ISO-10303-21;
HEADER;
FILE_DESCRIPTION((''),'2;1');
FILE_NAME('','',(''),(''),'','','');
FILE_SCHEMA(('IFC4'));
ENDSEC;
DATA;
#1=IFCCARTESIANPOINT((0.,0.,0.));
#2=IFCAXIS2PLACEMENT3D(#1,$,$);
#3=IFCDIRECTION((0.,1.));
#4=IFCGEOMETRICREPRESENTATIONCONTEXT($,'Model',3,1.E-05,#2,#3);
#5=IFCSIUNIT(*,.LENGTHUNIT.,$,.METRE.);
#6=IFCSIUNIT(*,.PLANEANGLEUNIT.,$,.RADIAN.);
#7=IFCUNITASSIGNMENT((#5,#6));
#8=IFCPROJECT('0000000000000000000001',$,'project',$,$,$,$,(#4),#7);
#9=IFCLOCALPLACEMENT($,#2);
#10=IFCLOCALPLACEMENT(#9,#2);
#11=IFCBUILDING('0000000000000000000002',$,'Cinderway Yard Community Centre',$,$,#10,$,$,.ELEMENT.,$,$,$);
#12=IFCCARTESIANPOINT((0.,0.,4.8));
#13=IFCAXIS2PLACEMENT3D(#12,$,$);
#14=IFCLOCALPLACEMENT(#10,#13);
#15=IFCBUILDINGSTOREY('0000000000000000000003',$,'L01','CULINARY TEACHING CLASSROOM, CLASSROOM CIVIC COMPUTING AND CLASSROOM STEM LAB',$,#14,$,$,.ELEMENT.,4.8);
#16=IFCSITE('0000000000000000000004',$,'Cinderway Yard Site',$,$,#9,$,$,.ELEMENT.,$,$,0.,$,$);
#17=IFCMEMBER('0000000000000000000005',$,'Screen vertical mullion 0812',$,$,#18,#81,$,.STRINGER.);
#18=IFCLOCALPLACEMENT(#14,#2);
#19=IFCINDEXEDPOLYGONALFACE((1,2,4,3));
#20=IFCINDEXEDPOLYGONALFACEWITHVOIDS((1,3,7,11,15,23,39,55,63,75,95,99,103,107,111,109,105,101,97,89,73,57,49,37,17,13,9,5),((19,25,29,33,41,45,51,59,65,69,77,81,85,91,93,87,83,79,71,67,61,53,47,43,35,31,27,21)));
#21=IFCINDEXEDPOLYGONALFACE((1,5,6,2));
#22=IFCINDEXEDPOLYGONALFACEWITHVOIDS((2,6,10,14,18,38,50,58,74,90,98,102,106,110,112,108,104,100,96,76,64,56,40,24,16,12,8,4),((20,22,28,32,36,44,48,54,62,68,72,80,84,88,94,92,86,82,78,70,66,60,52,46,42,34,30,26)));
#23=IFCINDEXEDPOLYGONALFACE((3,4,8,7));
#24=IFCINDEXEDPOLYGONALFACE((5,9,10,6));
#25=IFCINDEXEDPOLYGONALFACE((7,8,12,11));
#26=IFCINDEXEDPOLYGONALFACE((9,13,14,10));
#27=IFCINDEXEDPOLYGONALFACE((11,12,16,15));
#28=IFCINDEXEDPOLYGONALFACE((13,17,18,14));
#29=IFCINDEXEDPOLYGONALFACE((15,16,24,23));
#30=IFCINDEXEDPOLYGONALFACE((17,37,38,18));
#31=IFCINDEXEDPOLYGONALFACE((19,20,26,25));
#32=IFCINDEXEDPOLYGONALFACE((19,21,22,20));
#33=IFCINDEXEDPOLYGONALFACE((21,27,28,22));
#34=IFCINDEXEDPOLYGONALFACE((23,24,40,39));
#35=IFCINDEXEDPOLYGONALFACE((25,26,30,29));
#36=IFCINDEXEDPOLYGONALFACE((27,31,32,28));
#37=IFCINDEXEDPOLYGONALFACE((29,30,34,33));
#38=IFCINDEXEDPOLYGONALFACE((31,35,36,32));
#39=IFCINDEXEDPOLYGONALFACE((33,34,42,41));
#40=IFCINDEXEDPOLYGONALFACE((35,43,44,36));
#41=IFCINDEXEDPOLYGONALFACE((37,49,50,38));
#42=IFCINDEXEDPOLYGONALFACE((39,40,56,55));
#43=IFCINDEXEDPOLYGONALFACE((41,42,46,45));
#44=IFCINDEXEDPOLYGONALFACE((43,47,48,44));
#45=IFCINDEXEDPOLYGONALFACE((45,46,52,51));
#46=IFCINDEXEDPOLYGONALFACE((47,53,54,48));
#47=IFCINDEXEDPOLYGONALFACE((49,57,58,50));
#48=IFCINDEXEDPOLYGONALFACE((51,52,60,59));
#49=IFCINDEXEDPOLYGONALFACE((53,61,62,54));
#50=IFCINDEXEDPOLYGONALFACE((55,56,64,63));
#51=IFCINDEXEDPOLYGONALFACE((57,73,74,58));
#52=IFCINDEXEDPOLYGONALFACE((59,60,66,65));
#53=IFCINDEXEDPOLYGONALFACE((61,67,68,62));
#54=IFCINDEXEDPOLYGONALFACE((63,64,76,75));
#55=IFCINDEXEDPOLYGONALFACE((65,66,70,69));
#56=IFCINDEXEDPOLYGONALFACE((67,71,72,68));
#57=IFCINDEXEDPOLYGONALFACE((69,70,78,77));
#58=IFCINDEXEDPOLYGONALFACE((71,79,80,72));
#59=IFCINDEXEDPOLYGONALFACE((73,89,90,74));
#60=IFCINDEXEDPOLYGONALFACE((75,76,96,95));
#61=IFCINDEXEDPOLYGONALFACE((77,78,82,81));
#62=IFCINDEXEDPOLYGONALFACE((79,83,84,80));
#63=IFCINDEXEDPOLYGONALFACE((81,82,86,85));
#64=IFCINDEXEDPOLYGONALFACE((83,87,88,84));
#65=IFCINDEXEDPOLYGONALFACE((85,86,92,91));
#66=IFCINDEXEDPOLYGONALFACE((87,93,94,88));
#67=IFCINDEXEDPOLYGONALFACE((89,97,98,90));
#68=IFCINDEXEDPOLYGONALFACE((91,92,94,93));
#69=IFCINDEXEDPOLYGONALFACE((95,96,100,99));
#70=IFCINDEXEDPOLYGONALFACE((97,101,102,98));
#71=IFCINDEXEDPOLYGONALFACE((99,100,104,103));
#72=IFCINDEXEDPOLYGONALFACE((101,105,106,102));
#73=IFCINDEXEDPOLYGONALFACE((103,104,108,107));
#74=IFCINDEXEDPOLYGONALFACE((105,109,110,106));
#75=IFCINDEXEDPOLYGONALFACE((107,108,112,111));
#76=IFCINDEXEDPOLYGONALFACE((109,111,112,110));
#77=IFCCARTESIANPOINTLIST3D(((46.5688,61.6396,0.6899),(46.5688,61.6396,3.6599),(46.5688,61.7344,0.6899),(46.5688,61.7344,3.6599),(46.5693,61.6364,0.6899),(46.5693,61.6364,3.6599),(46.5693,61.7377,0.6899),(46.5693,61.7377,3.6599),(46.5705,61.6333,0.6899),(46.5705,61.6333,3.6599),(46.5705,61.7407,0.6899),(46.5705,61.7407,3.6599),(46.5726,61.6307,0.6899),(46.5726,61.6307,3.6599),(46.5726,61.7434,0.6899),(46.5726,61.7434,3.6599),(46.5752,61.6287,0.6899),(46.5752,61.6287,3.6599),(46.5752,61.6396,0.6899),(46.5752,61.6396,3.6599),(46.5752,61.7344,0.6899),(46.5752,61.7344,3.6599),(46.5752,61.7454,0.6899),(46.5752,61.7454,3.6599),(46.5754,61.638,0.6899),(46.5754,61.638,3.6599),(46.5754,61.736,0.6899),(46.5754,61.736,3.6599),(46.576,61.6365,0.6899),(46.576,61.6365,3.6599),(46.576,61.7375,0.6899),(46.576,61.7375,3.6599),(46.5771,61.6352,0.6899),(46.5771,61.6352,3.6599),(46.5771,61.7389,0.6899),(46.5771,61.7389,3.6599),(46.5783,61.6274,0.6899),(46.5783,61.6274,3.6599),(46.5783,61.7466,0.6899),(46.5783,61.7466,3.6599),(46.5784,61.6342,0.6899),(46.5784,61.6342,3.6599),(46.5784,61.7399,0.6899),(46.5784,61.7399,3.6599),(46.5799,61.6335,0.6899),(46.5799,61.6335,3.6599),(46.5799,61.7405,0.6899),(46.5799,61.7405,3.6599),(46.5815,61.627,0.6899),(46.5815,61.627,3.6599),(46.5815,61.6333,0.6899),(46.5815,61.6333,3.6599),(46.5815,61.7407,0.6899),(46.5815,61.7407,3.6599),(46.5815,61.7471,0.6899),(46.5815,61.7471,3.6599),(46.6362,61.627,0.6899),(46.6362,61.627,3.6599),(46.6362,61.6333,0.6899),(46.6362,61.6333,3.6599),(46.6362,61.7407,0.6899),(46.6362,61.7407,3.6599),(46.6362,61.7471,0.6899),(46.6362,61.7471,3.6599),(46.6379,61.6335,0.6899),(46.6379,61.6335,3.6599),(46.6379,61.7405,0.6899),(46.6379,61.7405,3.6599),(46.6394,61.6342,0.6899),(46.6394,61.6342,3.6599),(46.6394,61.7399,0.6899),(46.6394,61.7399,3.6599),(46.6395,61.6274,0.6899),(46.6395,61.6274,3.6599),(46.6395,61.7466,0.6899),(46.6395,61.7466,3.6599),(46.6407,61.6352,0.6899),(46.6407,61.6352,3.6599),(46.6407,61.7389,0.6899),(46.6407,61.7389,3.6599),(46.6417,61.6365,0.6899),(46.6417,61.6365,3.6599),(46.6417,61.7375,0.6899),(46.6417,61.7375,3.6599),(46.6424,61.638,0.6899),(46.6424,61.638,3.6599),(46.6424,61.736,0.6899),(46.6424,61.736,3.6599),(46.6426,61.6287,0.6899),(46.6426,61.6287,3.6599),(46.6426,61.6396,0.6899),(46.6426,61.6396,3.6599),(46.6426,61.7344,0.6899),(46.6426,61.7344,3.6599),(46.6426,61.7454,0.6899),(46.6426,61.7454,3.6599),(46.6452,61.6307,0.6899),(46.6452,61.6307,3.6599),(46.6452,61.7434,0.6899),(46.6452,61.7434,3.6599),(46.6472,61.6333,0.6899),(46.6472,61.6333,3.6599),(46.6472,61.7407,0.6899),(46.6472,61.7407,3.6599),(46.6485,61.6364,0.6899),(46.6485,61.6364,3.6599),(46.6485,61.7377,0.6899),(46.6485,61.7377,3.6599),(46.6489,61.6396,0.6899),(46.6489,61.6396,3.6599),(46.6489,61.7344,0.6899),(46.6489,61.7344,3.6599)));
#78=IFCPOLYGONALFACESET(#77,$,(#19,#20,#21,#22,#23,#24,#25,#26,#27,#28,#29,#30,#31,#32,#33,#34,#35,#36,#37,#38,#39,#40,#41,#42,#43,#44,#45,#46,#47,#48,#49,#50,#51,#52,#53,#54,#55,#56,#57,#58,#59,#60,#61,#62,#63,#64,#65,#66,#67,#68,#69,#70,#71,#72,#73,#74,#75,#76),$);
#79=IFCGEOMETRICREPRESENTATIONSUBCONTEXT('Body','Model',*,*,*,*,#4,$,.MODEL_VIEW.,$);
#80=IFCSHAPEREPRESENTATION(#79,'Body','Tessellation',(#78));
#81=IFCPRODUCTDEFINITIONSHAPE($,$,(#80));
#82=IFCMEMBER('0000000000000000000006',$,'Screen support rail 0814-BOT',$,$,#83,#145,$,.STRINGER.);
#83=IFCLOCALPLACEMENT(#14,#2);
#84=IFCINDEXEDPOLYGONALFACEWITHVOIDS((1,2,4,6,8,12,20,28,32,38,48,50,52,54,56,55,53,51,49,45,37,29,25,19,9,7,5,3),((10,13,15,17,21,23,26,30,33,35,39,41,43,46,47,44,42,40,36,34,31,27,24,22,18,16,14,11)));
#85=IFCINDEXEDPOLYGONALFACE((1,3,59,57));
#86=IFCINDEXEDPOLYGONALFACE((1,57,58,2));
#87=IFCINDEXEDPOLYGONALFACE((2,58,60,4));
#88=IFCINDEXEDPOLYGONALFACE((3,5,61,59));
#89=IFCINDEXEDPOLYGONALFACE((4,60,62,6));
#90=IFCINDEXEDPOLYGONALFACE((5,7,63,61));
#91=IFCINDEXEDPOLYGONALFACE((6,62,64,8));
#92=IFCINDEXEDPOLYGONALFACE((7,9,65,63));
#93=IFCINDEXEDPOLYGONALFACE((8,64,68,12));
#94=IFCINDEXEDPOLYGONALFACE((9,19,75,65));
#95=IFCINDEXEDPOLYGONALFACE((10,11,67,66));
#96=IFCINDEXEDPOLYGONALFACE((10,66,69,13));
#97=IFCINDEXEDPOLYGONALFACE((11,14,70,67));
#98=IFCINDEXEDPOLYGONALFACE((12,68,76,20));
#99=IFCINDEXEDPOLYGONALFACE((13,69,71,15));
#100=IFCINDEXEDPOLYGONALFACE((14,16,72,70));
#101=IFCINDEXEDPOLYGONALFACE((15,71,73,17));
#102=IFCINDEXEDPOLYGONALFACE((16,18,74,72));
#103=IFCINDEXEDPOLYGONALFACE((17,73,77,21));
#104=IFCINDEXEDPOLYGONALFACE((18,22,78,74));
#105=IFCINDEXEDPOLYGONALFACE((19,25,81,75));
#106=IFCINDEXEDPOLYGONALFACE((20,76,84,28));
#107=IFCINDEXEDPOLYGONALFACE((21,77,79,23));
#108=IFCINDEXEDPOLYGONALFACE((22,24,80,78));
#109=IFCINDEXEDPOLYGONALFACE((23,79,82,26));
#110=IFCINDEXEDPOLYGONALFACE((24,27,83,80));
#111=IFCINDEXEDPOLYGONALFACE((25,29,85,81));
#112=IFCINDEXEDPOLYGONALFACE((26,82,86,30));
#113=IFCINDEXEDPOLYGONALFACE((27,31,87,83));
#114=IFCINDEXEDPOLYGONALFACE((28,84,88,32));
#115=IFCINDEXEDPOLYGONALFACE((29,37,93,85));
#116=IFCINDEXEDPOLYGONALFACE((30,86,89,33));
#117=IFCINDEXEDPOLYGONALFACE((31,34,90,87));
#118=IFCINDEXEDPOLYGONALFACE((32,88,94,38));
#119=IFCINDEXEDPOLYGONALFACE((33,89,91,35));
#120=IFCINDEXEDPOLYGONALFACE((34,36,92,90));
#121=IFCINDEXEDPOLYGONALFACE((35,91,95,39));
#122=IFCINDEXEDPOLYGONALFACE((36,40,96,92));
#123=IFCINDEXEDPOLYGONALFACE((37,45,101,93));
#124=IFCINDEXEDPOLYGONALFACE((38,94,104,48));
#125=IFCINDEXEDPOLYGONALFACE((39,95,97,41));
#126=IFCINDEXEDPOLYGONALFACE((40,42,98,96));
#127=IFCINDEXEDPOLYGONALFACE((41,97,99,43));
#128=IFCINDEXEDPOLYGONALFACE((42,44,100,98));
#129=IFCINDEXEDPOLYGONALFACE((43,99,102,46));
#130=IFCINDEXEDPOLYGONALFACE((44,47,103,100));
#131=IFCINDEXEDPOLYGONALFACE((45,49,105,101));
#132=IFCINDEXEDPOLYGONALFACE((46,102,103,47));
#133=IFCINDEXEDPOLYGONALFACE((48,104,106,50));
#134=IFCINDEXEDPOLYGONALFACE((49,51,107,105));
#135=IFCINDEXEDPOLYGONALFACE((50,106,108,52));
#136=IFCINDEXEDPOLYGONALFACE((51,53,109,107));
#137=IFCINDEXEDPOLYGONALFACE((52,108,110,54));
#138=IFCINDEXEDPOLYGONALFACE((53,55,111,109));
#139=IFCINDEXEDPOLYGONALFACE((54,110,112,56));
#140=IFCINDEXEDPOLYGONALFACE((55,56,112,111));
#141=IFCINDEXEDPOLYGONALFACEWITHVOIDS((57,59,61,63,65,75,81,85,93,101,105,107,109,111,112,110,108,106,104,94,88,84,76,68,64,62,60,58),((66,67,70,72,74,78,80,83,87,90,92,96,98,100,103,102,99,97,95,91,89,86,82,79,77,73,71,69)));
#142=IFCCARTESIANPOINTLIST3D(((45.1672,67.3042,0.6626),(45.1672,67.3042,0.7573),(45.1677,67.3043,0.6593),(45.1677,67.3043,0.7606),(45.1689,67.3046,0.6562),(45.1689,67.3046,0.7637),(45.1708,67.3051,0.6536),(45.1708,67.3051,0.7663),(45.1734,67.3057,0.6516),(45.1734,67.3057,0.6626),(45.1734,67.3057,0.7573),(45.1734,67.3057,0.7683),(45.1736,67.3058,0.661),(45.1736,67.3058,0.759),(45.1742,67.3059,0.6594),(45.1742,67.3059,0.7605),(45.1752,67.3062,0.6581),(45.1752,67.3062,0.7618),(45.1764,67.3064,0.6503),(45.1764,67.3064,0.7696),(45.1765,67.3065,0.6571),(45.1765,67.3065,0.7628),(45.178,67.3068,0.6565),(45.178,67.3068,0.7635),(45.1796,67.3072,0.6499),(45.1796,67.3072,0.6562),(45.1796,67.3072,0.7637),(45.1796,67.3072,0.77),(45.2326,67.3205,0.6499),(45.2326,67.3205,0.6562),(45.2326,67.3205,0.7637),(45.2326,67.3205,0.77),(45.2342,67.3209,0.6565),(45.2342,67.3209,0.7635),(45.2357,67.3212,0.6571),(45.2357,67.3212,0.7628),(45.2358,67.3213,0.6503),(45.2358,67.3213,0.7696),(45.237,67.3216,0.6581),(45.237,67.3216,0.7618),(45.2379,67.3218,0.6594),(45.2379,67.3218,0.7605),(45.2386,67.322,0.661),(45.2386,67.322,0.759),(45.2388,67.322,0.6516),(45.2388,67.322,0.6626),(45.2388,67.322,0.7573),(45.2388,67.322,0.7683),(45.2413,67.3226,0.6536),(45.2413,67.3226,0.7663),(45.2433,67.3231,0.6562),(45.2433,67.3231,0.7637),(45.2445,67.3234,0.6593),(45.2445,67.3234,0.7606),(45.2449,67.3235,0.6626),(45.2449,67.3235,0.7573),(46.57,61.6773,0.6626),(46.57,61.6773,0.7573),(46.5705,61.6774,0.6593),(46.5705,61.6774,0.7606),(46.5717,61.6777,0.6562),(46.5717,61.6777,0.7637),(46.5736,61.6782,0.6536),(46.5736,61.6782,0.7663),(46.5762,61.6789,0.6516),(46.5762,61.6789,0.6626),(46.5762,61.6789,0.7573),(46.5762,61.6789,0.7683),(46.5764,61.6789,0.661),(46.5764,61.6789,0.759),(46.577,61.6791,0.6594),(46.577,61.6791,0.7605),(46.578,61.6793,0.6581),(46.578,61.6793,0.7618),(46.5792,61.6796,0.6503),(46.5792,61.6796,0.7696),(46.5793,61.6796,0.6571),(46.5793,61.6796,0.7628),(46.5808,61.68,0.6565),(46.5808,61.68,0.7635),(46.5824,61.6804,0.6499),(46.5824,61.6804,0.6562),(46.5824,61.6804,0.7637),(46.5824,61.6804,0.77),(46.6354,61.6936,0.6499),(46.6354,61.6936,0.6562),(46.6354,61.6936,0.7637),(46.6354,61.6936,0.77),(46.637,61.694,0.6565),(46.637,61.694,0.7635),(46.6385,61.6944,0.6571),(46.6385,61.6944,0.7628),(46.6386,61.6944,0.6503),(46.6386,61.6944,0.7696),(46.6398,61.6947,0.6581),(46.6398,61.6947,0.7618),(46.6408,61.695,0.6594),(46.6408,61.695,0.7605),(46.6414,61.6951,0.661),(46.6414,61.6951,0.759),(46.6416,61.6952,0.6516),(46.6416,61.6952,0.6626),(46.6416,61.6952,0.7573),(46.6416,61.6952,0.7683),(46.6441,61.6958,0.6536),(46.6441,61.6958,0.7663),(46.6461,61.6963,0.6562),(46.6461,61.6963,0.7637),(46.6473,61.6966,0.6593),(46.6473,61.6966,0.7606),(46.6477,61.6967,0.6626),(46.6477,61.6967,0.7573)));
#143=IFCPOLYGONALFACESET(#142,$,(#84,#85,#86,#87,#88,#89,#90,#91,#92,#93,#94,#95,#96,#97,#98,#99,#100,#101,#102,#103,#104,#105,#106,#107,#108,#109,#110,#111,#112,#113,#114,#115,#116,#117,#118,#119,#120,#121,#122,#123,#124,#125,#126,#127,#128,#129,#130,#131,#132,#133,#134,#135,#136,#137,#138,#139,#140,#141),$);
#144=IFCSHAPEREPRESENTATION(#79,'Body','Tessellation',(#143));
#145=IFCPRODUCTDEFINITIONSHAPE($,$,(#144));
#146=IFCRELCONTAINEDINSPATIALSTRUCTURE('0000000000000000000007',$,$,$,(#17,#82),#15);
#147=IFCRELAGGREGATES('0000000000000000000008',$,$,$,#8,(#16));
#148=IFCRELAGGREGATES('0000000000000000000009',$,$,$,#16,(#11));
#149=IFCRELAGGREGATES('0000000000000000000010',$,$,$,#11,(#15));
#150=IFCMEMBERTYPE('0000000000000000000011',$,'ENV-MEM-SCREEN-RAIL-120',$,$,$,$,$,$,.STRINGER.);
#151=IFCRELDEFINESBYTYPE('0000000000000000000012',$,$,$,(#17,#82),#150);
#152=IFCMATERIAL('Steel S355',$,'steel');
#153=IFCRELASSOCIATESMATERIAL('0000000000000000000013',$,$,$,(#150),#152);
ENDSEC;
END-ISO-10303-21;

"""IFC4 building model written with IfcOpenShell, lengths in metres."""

from ifc_helpers import new_model, si_unit, direction, frame, origin, origin_2d, place, context, subcontext, project, spatial, hollow_rectangle, extrude, material, material_profile, profile_set, type_object, element, save


model = new_model("IFC4")

# Units and contexts
model_context = context("Model", 3, precision=1e-05, world=origin(), true_north=direction((0.0, 1.0)))
body_context = subcontext(model_context, "Body", "Model", "MODEL_VIEW")
ifc_project = project(units=[si_unit("LENGTHUNIT", "METRE"), si_unit("PLANEANGLEUNIT", "RADIAN")], contexts=[model_context])

# Site, building, storey
site_placement = place(None, origin())
site = spatial("IfcSite", under=ifc_project, at=site_placement, Name="Cinderway Yard Site", CompositionType="ELEMENT", RefElevation=0.0)
building_placement = place(site_placement, origin())
building = spatial("IfcBuilding", under=site, at=building_placement, Name="Cinderway Yard Community Centre", CompositionType="ELEMENT")
storey_placement = place(building_placement, frame((0.0, 0.0, 4.8)))
storey = spatial("IfcBuildingStorey", under=building, at=storey_placement, Name="L01", Description="CULINARY TEACHING CLASSROOM, CLASSROOM CIVIC COMPUTING AND CLASSROOM STEM LAB", CompositionType="ELEMENT", Elevation=4.8)

# Members
ifc_material_1 = material(Name="Steel S355", Category="steel")
ifc_material_profile_1 = material_profile(ifc_material_1, hollow_rectangle(XDim=0.0801, YDim=0.1201, WallThickness=0.0063, InnerFilletRadius=0.0063, OuterFilletRadius=0.0127, at=origin_2d()), Name="Steel S355")
ifc_profile_set_1 = profile_set([ifc_material_profile_1], Name="Steel S355")
member_type_1 = type_object("IfcMemberType", Name="ENV-MEM-SCREEN-RAIL-120", PredefinedType="STRINGER", material=ifc_profile_set_1)
member_1_placement = place(storey_placement, frame((46.6089, 61.687, 0.6899), z_axis=(0.0, 0.0, 1.0), x_axis=(1.0, 0.0, 0.0)))
element("IfcMember", 1, at=member_1_placement, inside=storey, type_object=member_type_1, Name="Screen vertical mullion 0812", PredefinedType="STRINGER", context=body_context, shape_type="SweptSolid", body=[
    extrude(hollow_rectangle(XDim=0.0801, YDim=0.1201, WallThickness=0.0063, InnerFilletRadius=0.0063, OuterFilletRadius=0.0127, at=origin_2d()), origin(), (0.0, 0.0, 1.0), 2.97),
])
for number, where, z_axis, x_axis, name in (
    (2, (46.6089, 61.687, 0.71), (-0.241902, 0.970301, 0.0), (-0.970301, -0.241902, 0.0), "Screen support rail 0814-BOT"),
):
    element("IfcMember", number, at=place(storey_placement, frame(where, z_axis=z_axis, x_axis=x_axis)), inside=storey, type_object=member_type_1, Name=name, PredefinedType="STRINGER", context=body_context, shape_type="SweptSolid", body=[
        extrude(hollow_rectangle(XDim=0.0801, YDim=0.1201, WallThickness=0.0063, InnerFilletRadius=0.0063, OuterFilletRadius=0.0127, at=origin_2d()), origin(), (0.0, 0.0, 1.0), 5.7991),
    ])

save(model, "model.ifc")
